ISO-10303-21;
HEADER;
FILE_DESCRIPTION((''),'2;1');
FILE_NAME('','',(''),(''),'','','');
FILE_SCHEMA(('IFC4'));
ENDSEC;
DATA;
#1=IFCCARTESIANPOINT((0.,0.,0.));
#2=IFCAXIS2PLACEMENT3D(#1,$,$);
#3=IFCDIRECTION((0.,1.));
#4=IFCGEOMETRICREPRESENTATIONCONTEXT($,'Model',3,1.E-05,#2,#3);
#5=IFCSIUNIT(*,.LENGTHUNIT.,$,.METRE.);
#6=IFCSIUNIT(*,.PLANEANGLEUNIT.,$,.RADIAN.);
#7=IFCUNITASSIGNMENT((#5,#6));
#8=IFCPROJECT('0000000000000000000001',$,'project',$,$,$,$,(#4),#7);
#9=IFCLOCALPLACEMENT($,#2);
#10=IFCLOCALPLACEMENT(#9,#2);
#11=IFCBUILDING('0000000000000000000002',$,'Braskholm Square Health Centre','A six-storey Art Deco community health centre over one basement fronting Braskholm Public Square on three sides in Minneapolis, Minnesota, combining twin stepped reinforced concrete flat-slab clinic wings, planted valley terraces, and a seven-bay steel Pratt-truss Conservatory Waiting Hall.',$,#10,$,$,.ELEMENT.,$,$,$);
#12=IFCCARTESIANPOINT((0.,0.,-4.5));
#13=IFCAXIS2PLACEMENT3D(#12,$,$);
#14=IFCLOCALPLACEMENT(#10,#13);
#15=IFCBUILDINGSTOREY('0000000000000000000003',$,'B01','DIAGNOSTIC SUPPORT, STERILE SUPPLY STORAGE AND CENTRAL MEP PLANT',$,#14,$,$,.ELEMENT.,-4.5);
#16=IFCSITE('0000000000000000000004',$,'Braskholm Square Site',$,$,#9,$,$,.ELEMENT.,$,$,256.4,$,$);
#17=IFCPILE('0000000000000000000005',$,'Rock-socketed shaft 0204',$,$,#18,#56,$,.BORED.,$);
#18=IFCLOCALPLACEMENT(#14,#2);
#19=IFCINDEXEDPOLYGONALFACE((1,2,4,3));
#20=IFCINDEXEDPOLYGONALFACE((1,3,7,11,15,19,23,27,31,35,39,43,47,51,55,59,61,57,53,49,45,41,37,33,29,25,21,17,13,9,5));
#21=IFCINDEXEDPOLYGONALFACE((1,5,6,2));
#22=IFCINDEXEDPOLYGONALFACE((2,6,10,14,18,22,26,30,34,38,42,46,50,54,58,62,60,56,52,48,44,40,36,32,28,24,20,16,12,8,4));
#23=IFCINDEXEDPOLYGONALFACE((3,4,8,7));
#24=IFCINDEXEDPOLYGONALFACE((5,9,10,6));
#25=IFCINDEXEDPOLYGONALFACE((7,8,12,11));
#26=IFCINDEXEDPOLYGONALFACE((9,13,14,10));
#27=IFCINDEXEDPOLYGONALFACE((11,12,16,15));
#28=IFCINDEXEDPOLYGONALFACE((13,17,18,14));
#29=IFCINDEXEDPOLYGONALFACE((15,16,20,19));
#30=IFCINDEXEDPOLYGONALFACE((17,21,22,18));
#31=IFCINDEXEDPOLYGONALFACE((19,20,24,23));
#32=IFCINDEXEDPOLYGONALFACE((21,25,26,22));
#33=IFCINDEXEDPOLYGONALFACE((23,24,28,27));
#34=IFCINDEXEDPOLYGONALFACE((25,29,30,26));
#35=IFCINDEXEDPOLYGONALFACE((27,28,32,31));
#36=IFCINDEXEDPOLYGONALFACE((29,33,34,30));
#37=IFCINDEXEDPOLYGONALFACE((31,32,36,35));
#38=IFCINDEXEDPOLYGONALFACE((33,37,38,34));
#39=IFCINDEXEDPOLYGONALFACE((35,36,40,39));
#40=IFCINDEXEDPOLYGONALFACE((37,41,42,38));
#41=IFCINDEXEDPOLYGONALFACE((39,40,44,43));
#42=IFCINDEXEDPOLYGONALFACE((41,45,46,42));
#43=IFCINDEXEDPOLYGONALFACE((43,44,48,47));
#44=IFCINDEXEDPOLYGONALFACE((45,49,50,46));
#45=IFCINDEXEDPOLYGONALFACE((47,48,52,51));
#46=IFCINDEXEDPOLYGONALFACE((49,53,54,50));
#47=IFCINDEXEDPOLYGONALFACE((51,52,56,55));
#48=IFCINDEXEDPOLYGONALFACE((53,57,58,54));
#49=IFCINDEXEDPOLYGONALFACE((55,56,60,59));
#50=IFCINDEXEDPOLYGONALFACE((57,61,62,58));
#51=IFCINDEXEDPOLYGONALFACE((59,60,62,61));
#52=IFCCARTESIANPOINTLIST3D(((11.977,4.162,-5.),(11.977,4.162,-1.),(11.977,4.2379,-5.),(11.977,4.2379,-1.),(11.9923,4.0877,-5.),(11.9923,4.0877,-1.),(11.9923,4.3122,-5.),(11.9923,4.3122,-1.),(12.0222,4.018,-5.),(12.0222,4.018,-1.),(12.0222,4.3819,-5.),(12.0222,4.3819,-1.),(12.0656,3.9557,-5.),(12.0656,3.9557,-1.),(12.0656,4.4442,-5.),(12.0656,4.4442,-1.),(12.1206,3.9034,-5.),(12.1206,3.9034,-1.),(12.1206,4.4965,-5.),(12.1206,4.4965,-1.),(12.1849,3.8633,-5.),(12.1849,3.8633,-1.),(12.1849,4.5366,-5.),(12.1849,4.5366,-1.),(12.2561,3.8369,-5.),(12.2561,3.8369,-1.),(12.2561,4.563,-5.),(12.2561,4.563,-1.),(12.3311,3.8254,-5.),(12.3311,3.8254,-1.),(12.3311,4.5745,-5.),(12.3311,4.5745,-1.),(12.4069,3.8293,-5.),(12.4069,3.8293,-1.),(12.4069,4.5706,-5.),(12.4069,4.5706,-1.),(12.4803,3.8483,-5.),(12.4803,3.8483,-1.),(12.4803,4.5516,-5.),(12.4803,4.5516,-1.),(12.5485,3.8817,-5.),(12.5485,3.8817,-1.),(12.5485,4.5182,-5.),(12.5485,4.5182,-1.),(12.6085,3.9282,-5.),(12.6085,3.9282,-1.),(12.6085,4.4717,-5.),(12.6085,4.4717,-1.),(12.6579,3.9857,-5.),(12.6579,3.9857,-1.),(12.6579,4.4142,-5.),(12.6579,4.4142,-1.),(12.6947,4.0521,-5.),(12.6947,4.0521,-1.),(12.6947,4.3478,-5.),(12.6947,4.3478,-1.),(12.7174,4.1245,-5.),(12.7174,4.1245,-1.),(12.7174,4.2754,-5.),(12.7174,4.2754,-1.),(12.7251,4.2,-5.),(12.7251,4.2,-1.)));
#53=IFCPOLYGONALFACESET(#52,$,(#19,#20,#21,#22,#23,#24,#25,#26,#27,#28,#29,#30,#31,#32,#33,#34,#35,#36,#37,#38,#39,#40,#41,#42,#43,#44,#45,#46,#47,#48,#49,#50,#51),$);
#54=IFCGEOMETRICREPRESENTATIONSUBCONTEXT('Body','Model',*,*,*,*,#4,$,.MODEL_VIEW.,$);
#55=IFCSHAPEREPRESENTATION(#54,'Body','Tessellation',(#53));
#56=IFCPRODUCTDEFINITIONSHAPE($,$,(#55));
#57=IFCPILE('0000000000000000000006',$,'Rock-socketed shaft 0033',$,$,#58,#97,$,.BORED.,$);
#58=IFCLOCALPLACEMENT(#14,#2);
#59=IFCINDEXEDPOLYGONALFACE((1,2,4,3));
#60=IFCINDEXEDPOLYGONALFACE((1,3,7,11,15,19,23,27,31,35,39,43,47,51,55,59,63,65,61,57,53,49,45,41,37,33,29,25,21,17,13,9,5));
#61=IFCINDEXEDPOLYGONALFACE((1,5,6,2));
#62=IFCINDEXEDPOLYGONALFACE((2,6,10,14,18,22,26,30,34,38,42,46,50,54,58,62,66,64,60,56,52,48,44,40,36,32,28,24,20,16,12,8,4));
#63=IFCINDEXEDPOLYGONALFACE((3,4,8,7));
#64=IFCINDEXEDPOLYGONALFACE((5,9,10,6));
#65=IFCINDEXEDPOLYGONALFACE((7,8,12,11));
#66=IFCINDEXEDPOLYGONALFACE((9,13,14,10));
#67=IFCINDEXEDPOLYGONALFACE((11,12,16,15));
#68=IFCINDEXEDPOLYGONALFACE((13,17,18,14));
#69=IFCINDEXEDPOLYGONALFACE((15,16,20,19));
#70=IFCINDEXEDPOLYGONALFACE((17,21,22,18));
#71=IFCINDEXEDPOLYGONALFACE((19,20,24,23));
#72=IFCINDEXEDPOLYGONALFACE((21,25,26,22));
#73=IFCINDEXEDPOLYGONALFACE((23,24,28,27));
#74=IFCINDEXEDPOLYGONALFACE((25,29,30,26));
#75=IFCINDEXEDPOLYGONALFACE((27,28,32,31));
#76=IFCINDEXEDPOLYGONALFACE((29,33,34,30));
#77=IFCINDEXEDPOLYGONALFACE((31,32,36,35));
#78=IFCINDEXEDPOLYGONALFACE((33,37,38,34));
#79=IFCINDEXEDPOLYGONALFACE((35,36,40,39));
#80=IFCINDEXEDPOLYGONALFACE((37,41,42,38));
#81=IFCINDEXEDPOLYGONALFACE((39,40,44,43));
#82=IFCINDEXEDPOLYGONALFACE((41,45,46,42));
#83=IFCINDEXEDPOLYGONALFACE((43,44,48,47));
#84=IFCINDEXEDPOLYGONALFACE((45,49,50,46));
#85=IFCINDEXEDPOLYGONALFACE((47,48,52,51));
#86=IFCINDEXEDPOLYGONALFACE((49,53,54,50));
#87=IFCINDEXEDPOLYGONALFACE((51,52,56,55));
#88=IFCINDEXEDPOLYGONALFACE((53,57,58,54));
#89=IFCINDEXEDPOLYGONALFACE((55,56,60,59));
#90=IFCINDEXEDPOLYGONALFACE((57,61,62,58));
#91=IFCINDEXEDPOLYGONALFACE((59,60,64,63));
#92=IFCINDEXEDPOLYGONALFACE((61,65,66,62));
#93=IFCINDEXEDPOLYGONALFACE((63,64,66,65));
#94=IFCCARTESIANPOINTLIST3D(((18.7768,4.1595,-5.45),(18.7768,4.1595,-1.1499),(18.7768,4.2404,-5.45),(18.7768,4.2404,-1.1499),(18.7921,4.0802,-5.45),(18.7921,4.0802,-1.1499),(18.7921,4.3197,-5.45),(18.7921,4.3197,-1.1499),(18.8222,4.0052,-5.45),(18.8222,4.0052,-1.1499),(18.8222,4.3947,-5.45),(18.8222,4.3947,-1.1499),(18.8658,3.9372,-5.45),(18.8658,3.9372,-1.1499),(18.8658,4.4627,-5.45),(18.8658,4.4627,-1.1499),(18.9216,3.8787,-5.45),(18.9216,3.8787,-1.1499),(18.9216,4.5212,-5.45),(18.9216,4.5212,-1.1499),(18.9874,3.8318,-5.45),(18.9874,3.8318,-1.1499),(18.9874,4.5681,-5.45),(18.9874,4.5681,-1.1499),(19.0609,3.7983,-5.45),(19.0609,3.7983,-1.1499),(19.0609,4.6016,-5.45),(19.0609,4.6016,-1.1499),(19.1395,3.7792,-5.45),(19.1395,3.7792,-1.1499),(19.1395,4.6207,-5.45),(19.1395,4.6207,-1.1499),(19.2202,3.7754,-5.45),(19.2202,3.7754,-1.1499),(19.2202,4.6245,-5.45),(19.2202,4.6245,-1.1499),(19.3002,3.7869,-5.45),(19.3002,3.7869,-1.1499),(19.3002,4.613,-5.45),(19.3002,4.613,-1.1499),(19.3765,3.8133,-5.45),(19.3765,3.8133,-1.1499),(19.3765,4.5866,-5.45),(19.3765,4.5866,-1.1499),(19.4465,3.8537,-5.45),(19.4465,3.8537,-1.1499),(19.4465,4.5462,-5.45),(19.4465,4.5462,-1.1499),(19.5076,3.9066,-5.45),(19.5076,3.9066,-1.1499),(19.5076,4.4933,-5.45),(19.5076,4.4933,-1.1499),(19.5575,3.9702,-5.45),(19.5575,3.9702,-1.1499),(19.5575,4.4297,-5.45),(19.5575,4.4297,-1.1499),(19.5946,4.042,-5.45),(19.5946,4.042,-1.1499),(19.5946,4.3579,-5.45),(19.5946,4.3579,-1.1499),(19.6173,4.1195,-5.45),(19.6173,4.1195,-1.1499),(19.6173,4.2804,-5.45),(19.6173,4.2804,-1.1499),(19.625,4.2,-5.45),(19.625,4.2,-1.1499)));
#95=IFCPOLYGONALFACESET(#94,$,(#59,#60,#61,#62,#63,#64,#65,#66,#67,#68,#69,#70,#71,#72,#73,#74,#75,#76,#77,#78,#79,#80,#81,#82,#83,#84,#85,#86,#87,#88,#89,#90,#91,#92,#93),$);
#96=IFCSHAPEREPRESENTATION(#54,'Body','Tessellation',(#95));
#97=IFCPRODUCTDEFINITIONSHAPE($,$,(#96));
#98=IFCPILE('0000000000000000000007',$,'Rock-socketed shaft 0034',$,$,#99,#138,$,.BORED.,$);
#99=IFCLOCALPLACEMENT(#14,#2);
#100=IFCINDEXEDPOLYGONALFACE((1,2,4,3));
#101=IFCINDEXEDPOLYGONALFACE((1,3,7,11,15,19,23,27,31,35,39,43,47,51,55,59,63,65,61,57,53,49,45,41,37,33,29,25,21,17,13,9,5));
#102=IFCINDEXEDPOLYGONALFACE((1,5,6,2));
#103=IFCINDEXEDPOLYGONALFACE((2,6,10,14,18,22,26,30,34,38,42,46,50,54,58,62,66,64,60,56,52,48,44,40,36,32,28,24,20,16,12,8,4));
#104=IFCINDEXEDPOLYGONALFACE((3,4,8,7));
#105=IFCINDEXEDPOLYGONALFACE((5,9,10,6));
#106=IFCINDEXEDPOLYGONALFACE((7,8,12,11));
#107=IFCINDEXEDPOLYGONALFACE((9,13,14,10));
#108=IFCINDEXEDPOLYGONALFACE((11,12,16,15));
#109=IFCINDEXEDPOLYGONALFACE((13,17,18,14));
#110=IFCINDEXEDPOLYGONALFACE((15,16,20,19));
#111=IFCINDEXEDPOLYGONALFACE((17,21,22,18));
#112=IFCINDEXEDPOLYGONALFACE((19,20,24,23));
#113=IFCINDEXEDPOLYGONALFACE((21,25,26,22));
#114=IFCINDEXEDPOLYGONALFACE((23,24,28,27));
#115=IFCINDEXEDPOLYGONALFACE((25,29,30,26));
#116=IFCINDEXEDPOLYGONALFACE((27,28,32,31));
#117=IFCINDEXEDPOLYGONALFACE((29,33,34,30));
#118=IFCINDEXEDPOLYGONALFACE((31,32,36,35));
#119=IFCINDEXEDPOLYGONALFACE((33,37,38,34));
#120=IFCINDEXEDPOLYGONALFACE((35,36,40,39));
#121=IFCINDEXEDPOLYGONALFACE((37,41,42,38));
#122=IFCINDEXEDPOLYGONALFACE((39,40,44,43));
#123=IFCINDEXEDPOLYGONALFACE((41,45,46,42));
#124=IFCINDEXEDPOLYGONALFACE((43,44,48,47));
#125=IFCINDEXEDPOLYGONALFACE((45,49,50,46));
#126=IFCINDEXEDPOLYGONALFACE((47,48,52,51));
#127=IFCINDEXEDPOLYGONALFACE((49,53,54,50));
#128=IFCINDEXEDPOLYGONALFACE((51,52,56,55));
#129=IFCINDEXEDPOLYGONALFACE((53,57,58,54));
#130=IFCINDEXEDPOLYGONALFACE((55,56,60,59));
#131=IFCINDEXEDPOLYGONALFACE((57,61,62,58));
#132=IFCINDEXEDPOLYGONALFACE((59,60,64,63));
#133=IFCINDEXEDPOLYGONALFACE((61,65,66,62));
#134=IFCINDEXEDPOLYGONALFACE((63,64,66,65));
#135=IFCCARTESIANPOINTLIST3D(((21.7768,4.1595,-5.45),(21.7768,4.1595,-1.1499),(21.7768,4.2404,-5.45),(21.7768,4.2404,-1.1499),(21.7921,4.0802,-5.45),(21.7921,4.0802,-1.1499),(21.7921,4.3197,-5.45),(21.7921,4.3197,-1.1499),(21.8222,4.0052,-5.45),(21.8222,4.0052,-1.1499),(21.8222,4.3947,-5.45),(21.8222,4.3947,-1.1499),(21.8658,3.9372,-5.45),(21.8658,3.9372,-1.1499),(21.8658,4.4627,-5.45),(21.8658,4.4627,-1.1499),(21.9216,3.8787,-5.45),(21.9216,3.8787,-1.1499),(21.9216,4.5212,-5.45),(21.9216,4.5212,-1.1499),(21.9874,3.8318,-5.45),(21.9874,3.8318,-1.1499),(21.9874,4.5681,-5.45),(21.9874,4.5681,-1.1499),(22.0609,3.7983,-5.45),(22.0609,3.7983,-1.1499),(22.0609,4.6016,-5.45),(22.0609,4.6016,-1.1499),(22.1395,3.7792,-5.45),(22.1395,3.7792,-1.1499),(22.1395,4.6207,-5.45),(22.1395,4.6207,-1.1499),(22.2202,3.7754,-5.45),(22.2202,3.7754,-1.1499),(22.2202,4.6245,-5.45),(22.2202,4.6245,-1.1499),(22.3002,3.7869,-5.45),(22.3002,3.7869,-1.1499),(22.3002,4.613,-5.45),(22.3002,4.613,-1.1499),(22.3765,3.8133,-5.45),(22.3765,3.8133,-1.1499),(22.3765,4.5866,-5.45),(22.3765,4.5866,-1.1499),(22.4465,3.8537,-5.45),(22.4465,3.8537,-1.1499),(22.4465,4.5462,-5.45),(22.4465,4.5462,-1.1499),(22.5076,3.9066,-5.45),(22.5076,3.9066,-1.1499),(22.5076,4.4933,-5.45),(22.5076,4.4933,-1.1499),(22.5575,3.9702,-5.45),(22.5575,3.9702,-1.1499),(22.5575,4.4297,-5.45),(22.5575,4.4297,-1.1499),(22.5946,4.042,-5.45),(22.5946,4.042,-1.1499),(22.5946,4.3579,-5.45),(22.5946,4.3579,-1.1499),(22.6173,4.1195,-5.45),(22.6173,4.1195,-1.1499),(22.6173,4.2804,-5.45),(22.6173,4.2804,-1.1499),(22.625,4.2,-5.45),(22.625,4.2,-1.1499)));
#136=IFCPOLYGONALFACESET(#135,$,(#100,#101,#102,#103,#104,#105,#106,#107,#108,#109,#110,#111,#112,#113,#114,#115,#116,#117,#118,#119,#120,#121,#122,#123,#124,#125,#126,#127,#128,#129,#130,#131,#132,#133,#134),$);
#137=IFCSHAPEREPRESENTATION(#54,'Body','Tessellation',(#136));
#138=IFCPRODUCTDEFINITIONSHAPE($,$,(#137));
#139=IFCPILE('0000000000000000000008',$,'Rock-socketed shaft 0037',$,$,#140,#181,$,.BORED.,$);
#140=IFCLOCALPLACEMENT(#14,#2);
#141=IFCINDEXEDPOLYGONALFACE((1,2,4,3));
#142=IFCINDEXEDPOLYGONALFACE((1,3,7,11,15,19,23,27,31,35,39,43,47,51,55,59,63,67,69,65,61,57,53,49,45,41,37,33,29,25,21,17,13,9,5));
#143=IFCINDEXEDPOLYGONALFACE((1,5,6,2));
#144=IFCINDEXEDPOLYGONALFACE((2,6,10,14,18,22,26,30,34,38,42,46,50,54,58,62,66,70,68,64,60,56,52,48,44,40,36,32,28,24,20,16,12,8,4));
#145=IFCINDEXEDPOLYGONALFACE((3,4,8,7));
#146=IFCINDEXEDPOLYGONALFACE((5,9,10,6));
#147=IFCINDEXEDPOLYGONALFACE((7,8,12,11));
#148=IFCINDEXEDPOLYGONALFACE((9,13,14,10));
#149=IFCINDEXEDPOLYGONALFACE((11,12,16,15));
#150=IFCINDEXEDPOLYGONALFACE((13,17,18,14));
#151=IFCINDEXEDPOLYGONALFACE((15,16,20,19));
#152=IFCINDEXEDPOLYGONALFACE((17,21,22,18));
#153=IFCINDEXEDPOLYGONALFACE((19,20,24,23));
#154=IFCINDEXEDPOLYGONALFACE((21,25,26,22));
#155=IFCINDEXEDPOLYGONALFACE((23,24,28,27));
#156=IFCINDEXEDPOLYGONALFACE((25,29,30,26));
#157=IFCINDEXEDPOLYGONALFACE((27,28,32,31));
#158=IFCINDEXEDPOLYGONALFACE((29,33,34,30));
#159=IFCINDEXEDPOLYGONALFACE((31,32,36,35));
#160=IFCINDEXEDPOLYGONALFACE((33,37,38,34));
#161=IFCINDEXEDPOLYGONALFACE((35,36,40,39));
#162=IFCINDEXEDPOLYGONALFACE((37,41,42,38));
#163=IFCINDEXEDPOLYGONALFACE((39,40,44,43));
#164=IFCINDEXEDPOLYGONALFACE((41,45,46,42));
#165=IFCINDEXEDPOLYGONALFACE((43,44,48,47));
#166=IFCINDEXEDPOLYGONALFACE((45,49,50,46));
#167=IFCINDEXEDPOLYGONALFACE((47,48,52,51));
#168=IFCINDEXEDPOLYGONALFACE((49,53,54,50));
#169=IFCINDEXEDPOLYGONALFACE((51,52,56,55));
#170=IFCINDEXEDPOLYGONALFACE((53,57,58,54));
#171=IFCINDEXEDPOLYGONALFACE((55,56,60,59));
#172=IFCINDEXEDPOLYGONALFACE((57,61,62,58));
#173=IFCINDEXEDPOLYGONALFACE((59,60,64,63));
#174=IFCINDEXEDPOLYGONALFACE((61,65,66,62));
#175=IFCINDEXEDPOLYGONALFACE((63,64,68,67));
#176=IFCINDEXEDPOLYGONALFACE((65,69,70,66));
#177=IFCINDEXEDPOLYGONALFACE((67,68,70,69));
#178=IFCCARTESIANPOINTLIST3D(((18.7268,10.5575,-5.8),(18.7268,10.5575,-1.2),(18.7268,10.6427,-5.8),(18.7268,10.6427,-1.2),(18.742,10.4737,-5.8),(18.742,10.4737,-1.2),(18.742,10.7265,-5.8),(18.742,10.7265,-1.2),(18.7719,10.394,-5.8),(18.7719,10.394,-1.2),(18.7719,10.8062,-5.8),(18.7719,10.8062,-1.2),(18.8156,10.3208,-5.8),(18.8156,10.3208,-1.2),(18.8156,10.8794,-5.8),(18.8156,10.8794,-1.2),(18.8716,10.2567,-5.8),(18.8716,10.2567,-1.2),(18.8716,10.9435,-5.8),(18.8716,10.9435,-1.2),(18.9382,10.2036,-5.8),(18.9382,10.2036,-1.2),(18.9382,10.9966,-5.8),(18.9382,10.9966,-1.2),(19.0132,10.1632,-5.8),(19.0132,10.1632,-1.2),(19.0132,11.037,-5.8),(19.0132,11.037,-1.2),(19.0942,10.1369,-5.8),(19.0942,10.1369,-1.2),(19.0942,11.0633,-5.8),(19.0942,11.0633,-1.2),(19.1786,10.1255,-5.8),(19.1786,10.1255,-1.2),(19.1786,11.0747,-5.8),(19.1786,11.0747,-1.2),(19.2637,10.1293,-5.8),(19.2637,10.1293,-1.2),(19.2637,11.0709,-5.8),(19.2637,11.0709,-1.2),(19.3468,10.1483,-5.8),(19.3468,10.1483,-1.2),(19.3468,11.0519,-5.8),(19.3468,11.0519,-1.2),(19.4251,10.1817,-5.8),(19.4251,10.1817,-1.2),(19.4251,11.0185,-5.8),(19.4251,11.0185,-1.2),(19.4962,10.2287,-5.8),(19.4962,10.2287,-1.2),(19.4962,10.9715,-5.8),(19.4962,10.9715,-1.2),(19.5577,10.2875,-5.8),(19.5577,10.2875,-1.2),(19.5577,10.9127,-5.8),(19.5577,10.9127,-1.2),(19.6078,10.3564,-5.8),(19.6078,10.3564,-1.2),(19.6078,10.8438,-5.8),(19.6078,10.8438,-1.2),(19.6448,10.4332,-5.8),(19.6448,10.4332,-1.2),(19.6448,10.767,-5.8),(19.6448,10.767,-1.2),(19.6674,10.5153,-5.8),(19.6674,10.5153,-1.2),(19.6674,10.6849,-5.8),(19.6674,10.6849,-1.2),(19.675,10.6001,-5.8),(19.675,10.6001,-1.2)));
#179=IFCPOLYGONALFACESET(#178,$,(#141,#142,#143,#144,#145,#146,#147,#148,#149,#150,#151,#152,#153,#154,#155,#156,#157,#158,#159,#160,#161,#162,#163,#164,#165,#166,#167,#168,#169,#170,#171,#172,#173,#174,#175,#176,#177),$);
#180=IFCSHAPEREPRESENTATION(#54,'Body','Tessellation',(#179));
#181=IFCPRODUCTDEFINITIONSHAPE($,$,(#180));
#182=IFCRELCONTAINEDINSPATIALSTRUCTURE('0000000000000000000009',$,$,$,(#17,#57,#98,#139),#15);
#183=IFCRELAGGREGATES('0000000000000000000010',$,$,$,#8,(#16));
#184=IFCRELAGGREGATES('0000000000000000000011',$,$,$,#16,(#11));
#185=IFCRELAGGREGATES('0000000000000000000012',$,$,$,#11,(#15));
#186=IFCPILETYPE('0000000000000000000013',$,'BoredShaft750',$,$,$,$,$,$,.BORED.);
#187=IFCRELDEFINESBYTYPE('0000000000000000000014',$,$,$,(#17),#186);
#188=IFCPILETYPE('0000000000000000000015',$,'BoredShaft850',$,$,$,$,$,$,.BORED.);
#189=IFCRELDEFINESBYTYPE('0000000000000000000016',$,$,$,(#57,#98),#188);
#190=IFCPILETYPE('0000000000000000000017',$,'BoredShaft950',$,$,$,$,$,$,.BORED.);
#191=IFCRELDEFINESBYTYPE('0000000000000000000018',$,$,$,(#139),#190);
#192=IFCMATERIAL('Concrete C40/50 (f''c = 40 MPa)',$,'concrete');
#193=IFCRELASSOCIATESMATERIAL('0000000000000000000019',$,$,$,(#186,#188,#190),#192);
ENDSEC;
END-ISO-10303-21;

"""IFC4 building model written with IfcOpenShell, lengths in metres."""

from ifc_helpers import new_model, si_unit, direction, frame, origin, origin_2d, place, context, subcontext, project, spatial, circle, extrude, material, material_profile, profile_set, type_object, element, save


model = new_model("IFC4")

# Units and contexts
model_context = context("Model", 3, precision=1e-05, world=origin(), true_north=direction((0.0, 1.0)))
body_context = subcontext(model_context, "Body", "Model", "MODEL_VIEW")
ifc_project = project(units=[si_unit("LENGTHUNIT", "METRE"), si_unit("PLANEANGLEUNIT", "RADIAN")], contexts=[model_context])

# Site, building, storey
site_placement = place(None, origin())
site = spatial("IfcSite", under=ifc_project, at=site_placement, Name="Braskholm Square Site", CompositionType="ELEMENT", RefElevation=256.4)
building_placement = place(site_placement, origin())
building = spatial("IfcBuilding", under=site, at=building_placement, Name="Braskholm Square Health Centre", Description="A six-storey Art Deco community health centre over one basement fronting Braskholm Public Square on three sides in Minneapolis, Minnesota, combining twin stepped reinforced concrete flat-slab clinic wings, planted valley terraces, and a seven-bay steel Pratt-truss Conservatory Waiting Hall.", CompositionType="ELEMENT")
storey_placement = place(building_placement, frame((0.0, 0.0, -4.5)))
storey = spatial("IfcBuildingStorey", under=building, at=storey_placement, Name="B01", Description="DIAGNOSTIC SUPPORT, STERILE SUPPLY STORAGE AND CENTRAL MEP PLANT", CompositionType="ELEMENT", Elevation=-4.5)

# Piles
ifc_material_1 = material(Name="Concrete C40/50 (f'c = 40 MPa)", Category="concrete")
ifc_material_profile_1 = material_profile(ifc_material_1, circle(Radius=0.375, at=origin_2d()), Name="BORED-PILE-750")
ifc_profile_set_1 = profile_set([ifc_material_profile_1], Name="Concrete C40/50 (f'c = 40 MPa)")
pile_type_1 = type_object("IfcPileType", Name="BoredShaft750", PredefinedType="BORED", material=ifc_profile_set_1)
pile_placement = place(storey_placement, frame((12.3501, 4.2, -1.0), z_axis=(0.0, 0.0, -1.0), x_axis=(1.0, 0.0, 0.0)))
element("IfcPile", 1, at=pile_placement, inside=storey, type_object=pile_type_1, Name="Rock-socketed shaft 0204", PredefinedType="BORED", context=body_context, shape_type="SweptSolid", body=[
    extrude(circle(Radius=0.375, at=origin_2d()), origin(), (0.0, 0.0, 1.0), 4.0),
])
ifc_material_profile_2 = material_profile(ifc_material_1, circle(Radius=0.425, at=origin_2d()), Name="BORED-PILE-850")
ifc_profile_set_2 = profile_set([ifc_material_profile_2], Name="Concrete C40/50 (f'c = 40 MPa)")
pile_type_2 = type_object("IfcPileType", Name="BoredShaft850", PredefinedType="BORED", material=ifc_profile_set_2)
for number, where, z_axis, x_axis, name in (
    (2, (19.2, 4.2, -1.1499), (0.0, 0.0, -1.0), (1.0, 0.0, 0.0), "Rock-socketed shaft 0033"),
    (3, (22.2, 4.2, -1.1499), (0.0, 0.0, -1.0), (1.0, 0.0, 0.0), "Rock-socketed shaft 0034"),
):
    element("IfcPile", number, at=place(storey_placement, frame(where, z_axis=z_axis, x_axis=x_axis)), inside=storey, type_object=pile_type_2, Name=name, PredefinedType="BORED", context=body_context, shape_type="SweptSolid", body=[
        extrude(circle(Radius=0.425, at=origin_2d()), origin(), (0.0, 0.0, 1.0), 4.3),
    ])
ifc_material_profile_3 = material_profile(ifc_material_1, circle(Radius=0.4751, at=origin_2d()), Name="BORED-PILE-950")
ifc_profile_set_3 = profile_set([ifc_material_profile_3], Name="Concrete C40/50 (f'c = 40 MPa)")
pile_type_3 = type_object("IfcPileType", Name="BoredShaft950", PredefinedType="BORED", material=ifc_profile_set_3)
for number, where, z_axis, x_axis, name in (
    (4, (19.2, 10.6001, -1.2), (0.0, 0.0, -1.0), (1.0, 0.0, 0.0), "Rock-socketed shaft 0037"),
):
    element("IfcPile", number, at=place(storey_placement, frame(where, z_axis=z_axis, x_axis=x_axis)), inside=storey, type_object=pile_type_3, Name=name, PredefinedType="BORED", context=body_context, shape_type="SweptSolid", body=[
        extrude(circle(Radius=0.4751, at=origin_2d()), origin(), (0.0, 0.0, 1.0), 4.6001),
    ])

save(model, "model.ifc")
